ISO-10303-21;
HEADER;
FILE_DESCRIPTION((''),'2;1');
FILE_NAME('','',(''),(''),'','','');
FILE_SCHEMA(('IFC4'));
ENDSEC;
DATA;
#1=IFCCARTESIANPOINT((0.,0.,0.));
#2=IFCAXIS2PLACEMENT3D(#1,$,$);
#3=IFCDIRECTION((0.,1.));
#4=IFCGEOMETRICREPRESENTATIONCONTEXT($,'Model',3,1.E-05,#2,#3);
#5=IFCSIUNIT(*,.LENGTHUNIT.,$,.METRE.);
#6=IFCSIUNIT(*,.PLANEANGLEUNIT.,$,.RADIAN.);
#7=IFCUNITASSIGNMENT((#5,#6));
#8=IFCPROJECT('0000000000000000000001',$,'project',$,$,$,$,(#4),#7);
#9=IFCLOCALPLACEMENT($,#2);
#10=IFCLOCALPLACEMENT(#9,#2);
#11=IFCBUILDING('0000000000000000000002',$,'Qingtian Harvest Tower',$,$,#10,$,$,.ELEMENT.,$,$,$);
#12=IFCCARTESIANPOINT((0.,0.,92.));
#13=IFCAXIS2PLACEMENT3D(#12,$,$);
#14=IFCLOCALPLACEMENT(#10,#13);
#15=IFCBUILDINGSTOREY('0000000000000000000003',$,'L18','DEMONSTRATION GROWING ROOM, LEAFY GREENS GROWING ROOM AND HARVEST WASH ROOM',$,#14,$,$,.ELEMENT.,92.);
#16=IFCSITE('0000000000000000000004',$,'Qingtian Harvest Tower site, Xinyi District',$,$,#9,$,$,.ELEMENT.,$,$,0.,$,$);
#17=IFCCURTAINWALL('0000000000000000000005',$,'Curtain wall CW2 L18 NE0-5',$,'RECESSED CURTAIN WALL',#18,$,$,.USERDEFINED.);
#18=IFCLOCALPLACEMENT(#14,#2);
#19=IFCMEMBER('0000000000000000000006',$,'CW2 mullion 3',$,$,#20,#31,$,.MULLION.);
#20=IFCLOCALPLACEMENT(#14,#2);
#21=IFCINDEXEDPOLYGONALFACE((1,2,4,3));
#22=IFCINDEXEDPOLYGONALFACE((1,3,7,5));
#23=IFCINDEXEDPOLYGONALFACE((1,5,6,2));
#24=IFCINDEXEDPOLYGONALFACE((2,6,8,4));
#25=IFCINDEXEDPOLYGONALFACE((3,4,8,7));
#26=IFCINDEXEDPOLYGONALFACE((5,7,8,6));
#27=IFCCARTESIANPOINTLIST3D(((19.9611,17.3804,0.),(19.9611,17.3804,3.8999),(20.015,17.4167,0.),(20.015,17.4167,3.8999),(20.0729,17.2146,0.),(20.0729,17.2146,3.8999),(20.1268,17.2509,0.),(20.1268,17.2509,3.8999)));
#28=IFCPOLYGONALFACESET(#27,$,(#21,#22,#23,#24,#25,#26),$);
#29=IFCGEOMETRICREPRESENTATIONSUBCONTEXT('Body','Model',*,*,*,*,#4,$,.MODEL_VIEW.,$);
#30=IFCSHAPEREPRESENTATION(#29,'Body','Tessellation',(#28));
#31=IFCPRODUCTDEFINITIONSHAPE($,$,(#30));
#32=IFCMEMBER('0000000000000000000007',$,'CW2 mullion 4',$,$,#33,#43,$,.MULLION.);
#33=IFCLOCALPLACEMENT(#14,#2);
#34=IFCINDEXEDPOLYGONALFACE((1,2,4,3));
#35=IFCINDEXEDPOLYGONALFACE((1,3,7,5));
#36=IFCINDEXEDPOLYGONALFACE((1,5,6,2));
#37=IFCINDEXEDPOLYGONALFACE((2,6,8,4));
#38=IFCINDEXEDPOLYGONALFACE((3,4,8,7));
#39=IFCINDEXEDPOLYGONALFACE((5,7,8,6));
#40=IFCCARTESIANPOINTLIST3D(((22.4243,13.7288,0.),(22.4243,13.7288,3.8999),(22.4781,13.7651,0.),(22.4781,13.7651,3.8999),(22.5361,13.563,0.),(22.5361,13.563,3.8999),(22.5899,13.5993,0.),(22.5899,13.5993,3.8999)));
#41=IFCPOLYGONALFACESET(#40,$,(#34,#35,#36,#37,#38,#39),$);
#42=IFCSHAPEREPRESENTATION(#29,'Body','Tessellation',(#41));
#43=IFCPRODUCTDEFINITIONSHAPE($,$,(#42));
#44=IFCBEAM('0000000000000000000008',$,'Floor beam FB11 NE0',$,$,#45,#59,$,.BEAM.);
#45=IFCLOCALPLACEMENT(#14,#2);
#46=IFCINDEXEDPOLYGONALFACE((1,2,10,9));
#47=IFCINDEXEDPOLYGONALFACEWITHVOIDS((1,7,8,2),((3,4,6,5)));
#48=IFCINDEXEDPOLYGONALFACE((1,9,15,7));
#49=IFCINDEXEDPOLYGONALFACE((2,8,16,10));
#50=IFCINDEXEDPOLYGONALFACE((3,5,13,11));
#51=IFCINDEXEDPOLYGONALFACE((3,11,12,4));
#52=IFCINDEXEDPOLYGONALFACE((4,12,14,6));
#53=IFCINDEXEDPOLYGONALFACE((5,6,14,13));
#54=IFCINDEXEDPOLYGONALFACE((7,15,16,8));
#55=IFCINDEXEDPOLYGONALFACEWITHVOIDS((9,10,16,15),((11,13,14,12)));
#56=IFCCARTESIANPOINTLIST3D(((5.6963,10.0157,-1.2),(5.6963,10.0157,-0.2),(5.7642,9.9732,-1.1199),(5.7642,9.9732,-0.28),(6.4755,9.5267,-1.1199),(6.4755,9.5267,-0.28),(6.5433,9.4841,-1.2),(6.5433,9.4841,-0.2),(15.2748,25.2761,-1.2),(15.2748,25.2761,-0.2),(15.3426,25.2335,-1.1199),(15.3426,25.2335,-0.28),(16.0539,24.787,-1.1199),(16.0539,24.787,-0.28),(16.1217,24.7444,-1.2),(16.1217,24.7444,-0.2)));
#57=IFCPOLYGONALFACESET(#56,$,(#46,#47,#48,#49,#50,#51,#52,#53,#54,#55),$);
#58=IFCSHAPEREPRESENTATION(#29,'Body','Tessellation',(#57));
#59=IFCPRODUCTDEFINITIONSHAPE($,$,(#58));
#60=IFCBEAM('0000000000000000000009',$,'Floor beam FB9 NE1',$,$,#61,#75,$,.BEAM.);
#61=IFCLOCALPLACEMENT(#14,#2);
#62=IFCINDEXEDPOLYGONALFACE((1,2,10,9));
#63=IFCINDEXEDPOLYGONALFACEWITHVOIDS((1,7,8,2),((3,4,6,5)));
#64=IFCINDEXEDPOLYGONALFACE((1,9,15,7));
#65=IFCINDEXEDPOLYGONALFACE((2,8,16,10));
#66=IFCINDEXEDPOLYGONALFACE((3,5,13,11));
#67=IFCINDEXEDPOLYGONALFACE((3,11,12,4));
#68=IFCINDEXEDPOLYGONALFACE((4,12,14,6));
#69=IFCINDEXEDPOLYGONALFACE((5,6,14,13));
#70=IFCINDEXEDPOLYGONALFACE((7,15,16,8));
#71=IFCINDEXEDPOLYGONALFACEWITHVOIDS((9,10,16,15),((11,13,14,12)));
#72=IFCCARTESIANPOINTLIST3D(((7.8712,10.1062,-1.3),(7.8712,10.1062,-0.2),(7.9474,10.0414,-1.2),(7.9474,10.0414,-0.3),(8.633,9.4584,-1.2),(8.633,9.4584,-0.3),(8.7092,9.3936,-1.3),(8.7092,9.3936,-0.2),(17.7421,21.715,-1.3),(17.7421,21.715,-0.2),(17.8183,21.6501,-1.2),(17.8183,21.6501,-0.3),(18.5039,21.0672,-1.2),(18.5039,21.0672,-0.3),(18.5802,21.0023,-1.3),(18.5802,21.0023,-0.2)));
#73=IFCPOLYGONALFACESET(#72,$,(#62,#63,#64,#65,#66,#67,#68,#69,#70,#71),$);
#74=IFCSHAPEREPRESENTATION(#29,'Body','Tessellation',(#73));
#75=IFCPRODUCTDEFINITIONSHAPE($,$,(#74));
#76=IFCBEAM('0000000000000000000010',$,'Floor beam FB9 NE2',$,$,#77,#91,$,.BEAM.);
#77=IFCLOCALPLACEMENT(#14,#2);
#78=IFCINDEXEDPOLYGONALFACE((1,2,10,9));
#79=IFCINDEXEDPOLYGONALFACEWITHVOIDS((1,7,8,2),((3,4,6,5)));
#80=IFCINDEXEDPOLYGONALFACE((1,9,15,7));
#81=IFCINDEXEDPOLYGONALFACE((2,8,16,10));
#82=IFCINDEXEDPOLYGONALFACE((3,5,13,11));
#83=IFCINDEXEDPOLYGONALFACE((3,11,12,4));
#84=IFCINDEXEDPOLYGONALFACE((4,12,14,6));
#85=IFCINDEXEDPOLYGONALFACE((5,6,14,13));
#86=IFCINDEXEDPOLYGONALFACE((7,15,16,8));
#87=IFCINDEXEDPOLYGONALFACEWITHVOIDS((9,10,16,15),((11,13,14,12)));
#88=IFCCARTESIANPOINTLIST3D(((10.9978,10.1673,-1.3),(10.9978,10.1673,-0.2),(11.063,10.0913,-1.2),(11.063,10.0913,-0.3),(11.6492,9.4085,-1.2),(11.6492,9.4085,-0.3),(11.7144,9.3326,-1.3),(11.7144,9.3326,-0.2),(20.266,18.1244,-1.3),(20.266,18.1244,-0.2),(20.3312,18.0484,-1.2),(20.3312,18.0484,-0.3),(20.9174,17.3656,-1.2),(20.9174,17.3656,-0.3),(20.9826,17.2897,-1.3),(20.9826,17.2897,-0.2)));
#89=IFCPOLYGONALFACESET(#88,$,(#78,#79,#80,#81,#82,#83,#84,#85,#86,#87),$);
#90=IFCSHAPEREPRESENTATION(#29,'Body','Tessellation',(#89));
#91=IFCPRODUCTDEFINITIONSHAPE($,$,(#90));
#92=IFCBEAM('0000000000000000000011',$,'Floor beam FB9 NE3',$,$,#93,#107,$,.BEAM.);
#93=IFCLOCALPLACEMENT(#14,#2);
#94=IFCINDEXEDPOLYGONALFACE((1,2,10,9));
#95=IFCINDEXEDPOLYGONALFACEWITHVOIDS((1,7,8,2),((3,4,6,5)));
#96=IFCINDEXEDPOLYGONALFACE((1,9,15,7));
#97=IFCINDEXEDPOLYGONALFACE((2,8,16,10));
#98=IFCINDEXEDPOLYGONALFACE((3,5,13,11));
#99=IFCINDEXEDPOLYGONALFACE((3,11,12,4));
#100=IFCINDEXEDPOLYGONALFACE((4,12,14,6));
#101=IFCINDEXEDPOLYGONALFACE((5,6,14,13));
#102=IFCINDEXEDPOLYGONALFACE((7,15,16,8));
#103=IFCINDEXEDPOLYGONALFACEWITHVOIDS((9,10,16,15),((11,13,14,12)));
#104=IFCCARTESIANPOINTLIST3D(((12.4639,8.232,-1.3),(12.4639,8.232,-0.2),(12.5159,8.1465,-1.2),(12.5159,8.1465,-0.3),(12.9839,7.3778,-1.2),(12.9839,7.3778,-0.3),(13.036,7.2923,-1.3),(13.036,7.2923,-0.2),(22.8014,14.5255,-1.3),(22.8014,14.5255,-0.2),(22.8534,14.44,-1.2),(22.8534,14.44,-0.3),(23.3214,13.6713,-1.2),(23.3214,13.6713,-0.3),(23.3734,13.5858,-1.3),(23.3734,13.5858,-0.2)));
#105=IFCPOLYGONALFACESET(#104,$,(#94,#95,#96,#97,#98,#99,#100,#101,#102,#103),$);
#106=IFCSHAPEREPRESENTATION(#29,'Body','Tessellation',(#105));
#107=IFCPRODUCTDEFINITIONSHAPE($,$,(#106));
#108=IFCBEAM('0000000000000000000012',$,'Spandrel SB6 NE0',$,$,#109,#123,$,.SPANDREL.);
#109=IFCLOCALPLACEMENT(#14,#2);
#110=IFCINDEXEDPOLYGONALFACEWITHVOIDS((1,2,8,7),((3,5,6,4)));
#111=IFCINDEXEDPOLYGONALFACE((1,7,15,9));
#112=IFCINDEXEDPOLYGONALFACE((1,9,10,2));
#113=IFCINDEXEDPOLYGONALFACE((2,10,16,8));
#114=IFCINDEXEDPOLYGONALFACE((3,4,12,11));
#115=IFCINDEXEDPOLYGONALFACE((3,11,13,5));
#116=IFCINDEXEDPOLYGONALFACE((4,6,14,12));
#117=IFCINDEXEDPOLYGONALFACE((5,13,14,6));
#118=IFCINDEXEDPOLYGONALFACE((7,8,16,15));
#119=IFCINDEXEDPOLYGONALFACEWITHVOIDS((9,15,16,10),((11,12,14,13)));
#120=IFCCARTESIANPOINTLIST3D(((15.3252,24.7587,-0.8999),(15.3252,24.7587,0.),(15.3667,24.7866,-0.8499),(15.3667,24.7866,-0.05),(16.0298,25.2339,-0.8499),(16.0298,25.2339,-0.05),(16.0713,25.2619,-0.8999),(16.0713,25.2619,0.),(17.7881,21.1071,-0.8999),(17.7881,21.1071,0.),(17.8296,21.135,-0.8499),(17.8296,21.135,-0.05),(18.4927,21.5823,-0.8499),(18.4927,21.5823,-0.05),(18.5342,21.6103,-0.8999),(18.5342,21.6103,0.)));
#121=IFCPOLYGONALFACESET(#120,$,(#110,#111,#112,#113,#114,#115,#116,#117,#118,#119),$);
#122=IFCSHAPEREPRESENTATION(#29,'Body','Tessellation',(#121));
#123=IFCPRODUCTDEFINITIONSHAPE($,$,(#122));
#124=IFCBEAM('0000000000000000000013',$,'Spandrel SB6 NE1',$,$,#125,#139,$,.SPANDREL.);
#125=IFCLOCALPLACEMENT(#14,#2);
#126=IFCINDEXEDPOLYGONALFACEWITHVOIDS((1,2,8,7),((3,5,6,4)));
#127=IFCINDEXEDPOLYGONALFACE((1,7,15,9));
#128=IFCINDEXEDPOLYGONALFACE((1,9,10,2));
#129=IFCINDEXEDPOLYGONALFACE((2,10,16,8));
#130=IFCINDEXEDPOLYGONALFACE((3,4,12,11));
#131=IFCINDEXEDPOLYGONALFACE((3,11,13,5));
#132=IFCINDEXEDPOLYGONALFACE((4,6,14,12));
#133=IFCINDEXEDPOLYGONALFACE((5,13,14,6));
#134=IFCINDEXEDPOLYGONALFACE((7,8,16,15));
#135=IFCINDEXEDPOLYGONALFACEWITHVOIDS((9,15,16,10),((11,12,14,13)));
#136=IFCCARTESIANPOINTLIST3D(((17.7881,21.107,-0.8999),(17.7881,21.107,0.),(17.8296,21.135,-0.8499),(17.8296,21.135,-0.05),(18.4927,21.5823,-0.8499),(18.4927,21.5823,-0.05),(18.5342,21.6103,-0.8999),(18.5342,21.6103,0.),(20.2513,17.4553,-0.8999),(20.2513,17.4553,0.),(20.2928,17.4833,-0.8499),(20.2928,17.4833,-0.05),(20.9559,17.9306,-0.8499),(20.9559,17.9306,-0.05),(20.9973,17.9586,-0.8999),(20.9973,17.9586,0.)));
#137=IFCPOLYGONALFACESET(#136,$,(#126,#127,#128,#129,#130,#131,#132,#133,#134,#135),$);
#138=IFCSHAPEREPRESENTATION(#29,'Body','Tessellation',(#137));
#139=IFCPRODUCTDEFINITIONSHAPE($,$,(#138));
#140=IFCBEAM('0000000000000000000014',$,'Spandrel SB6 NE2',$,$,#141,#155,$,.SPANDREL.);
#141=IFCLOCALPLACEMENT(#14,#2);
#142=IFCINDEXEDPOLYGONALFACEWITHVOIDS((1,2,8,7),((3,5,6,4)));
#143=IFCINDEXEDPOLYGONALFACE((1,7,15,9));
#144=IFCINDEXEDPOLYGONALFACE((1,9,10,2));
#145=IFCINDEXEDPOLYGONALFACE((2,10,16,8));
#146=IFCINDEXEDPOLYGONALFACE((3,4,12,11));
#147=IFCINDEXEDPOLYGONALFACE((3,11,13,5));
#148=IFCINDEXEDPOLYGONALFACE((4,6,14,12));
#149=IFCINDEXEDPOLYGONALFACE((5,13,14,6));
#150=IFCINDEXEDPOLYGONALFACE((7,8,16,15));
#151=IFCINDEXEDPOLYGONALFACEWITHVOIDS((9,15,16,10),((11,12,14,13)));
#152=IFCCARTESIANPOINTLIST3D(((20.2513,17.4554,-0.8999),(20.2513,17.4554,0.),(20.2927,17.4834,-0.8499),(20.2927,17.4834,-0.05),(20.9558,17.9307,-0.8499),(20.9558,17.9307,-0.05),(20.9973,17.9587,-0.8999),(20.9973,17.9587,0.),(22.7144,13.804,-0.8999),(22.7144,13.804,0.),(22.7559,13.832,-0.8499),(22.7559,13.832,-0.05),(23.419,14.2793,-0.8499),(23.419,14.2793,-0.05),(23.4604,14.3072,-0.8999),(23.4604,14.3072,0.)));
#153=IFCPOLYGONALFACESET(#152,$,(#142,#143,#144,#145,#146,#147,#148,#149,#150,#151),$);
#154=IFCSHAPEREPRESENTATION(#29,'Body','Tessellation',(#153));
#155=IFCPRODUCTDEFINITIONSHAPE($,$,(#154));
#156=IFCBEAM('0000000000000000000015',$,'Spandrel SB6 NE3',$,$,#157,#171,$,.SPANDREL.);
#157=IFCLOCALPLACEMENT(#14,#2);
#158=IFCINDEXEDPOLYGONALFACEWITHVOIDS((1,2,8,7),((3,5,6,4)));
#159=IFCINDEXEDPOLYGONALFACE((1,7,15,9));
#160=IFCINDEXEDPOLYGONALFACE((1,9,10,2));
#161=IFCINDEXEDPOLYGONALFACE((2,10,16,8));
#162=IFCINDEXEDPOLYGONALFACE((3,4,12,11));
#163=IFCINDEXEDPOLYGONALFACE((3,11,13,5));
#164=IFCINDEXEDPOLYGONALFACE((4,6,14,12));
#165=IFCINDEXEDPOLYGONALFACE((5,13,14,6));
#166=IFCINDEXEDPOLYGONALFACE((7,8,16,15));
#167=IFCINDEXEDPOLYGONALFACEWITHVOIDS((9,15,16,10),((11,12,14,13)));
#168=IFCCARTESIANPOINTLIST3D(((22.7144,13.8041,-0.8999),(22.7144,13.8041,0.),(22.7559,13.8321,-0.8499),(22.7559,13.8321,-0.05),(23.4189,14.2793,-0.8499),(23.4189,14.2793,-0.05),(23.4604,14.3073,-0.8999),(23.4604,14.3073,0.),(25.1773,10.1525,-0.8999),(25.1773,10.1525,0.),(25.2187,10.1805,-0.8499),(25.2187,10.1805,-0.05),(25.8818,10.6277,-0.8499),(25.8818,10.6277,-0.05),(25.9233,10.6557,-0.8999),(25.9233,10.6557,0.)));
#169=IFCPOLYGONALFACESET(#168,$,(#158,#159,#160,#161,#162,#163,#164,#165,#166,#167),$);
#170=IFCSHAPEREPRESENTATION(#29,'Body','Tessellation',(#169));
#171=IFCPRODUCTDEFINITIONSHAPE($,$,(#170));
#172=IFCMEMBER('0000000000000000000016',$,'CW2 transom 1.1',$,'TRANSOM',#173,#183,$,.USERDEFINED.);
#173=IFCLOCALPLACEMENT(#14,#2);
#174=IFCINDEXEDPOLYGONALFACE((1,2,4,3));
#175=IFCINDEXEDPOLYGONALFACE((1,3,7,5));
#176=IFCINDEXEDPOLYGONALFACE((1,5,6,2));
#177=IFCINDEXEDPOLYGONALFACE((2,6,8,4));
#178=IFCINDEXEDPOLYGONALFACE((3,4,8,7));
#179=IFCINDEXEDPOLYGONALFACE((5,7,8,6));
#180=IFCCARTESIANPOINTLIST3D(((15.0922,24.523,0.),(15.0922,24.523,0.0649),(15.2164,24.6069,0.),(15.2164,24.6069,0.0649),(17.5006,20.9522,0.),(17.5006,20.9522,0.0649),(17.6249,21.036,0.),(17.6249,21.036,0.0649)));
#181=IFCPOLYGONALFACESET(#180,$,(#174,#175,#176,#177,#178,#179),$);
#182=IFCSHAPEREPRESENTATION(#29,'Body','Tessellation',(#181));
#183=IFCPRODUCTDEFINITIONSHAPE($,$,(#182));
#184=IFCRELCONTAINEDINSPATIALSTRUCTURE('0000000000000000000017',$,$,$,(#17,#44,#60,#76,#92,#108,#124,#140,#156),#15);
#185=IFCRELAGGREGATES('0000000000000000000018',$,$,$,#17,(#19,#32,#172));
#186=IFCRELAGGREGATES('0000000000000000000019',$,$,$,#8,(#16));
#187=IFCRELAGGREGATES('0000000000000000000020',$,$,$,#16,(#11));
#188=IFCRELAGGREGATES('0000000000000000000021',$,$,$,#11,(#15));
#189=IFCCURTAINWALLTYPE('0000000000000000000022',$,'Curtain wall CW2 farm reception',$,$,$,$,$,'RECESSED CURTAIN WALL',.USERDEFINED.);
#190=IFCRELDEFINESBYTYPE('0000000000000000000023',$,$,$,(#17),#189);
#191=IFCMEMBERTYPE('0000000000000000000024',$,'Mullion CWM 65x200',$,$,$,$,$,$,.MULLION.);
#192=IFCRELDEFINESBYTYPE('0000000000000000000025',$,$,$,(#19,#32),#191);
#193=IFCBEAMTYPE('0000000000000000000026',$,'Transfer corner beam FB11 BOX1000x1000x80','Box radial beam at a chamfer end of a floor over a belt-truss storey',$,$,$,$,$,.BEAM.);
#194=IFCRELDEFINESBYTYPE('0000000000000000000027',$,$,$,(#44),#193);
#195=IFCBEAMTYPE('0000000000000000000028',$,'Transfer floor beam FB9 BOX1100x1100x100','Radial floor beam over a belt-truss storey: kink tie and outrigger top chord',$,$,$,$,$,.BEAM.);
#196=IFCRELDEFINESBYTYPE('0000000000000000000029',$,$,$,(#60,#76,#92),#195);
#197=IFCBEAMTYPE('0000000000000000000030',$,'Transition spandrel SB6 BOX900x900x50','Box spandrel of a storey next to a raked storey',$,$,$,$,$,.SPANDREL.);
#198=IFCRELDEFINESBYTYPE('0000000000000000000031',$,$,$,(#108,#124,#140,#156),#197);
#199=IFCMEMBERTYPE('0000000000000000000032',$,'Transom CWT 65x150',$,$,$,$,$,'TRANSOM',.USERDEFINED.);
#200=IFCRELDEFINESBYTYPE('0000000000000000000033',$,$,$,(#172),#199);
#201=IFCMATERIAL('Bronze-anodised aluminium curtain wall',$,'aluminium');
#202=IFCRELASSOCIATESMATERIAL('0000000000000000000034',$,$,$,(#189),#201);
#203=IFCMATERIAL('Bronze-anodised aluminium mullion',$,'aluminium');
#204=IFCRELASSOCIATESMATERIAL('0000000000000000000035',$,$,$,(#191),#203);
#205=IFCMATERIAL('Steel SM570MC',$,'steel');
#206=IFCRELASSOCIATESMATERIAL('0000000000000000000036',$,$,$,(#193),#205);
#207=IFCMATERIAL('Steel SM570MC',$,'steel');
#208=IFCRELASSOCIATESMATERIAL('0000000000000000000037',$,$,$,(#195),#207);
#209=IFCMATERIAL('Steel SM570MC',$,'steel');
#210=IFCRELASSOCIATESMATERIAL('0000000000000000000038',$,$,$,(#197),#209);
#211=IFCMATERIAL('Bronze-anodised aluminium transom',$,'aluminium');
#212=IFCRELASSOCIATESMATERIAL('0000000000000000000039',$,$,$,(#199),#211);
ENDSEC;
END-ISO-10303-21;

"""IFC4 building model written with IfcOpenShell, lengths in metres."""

from ifc_helpers import new_model, si_unit, direction, frame, origin, origin_2d, place, context, subcontext, project, spatial, rectangle, hollow_rectangle, extrude, material, material_profile, profile_set, type_object, element, aggregate, save


model = new_model("IFC4")

# Units and contexts
model_context = context("Model", 3, precision=1e-05, world=origin(), true_north=direction((0.0, 1.0)))
body_context = subcontext(model_context, "Body", "Model", "MODEL_VIEW")
ifc_project = project(units=[si_unit("LENGTHUNIT", "METRE"), si_unit("PLANEANGLEUNIT", "RADIAN")], contexts=[model_context])

# Site, building, storey
site_placement = place(None, origin())
site = spatial("IfcSite", under=ifc_project, at=site_placement, Name="Qingtian Harvest Tower site, Xinyi District", CompositionType="ELEMENT", RefElevation=0.0)
building_placement = place(site_placement, origin())
building = spatial("IfcBuilding", under=site, at=building_placement, Name="Qingtian Harvest Tower", CompositionType="ELEMENT")
storey_placement = place(building_placement, frame((0.0, 0.0, 92.0)))
storey = spatial("IfcBuildingStorey", under=building, at=storey_placement, Name="L18", Description="DEMONSTRATION GROWING ROOM, LEAFY GREENS GROWING ROOM AND HARVEST WASH ROOM", CompositionType="ELEMENT", Elevation=92.0)

# Shared definitions
ifc_material_1 = material(Name="Bronze-anodised aluminium curtain wall", Category="aluminium")
curtain_wall_type = type_object("IfcCurtainWallType", Name="Curtain wall CW2 farm reception", ElementType="RECESSED CURTAIN WALL", PredefinedType="USERDEFINED", material=ifc_material_1)
ifc_material_2 = material(Name="Bronze-anodised aluminium mullion", Category="aluminium")
ifc_material_profile_1 = material_profile(ifc_material_2, rectangle(XDim=0.0649, YDim=0.2, at=origin_2d()), Name="AL 65x200")
ifc_profile_set_1 = profile_set([ifc_material_profile_1], Name="Bronze-anodised aluminium mullion")
member_type_1 = type_object("IfcMemberType", Name="Mullion CWM 65x200", PredefinedType="MULLION", material=ifc_profile_set_1)

# Curtain wall, members
curtain_wall_1_placement = place(storey_placement, origin())
curtain_wall_1 = element("IfcCurtainWall", 1, at=curtain_wall_1_placement, inside=storey, type_object=curtain_wall_type, Name="Curtain wall CW2 L18 NE0-5", ObjectType="RECESSED CURTAIN WALL", PredefinedType="USERDEFINED")
member_1_placement = place(storey_placement, frame((20.0439, 17.3157, 0.0), z_axis=(0.0, 0.0, 1.0), x_axis=(0.829038, 0.559193, 0.0)))
member_1 = element("IfcMember", 2, at=member_1_placement, type_object=member_type_1, Name="CW2 mullion 3", PredefinedType="MULLION", context=body_context, shape_type="SweptSolid", body=[
    extrude(rectangle(XDim=0.0649, YDim=0.2, at=origin_2d()), origin(), (0.0, 0.0, 1.0), 3.8999),
])
member_2_placement = place(storey_placement, frame((22.5071, 13.6641, 0.0), z_axis=(0.0, 0.0, 1.0), x_axis=(0.829038, 0.559193, 0.0)))
member_2 = element("IfcMember", 3, at=member_2_placement, type_object=member_type_1, Name="CW2 mullion 4", PredefinedType="MULLION", context=body_context, shape_type="SweptSolid", body=[
    extrude(rectangle(XDim=0.0649, YDim=0.2, at=origin_2d()), origin(), (0.0, 0.0, 1.0), 3.8999),
])

# Beams
ifc_material_3 = material(Name="Steel SM570MC", Category="steel")
ifc_material_profile_2 = material_profile(ifc_material_3, hollow_rectangle(XDim=1.0, YDim=1.0, WallThickness=0.0801, at=origin_2d()), Name="BOX1000x1000x80")
ifc_profile_set_2 = profile_set([ifc_material_profile_2], Name="Steel SM570MC")
beam_type_1 = type_object("IfcBeamType", Name="Transfer corner beam FB11 BOX1000x1000x80", Description="Box radial beam at a chamfer end of a floor over a belt-truss storey", PredefinedType="BEAM", material=ifc_profile_set_2)
beam_1_placement = place(storey_placement, frame((15.6982, 25.0103, -0.7), z_axis=(-0.531623, -0.846981, 0.0), x_axis=(0.846981, -0.531623, 0.0)))
element("IfcBeam", 4, at=beam_1_placement, inside=storey, type_object=beam_type_1, Name="Floor beam FB11 NE0", PredefinedType="BEAM", context=body_context, shape_type="SweptSolid", body=[
    extrude(hollow_rectangle(XDim=1.0, YDim=1.0, WallThickness=0.0801, at=origin_2d()), origin(), (0.0, 0.0, 1.0), 18.0173),
])
ifc_material_4 = material(Name="Steel SM570MC", Category="steel")
ifc_material_profile_3 = material_profile(ifc_material_4, hollow_rectangle(XDim=1.1001, YDim=1.1001, WallThickness=0.1001, at=origin_2d()), Name="BOX1100x1100x100")
ifc_profile_set_3 = profile_set([ifc_material_profile_3], Name="Steel SM570MC")
beam_type_2 = type_object("IfcBeamType", Name="Transfer floor beam FB9 BOX1100x1100x100", Description="Radial floor beam over a belt-truss storey: kink tie and outrigger top chord", PredefinedType="BEAM", material=ifc_profile_set_3)
beam_2_placement = place(storey_placement, frame((18.1611, 21.3586, -0.75), z_axis=(-0.647782, -0.761826, 0.0), x_axis=(0.761826, -0.647782, 0.0)))
element("IfcBeam", 5, at=beam_2_placement, inside=storey, type_object=beam_type_2, Name="Floor beam FB9 NE1", PredefinedType="BEAM", context=body_context, shape_type="SweptSolid", body=[
    extrude(hollow_rectangle(XDim=1.1001, YDim=1.1001, WallThickness=0.1001, at=origin_2d()), origin(), (0.0, 0.0, 1.0), 15.238),
])
beam_3_placement = place(storey_placement, frame((20.6243, 17.707, -0.75), z_axis=(-0.758732, -0.651403, 0.0), x_axis=(0.651403, -0.758732, 0.0)))
element("IfcBeam", 6, at=beam_3_placement, inside=storey, type_object=beam_type_2, Name="Floor beam FB9 NE2", PredefinedType="BEAM", context=body_context, shape_type="SweptSolid", body=[
    extrude(hollow_rectangle(XDim=1.1001, YDim=1.1001, WallThickness=0.1001, at=origin_2d()), origin(), (0.0, 0.0, 1.0), 12.2153),
])
beam_4_placement = place(storey_placement, frame((23.0874, 14.0557, -0.75), z_axis=(-0.854157, -0.520015, 0.0), x_axis=(0.520015, -0.854157, 0.0)))
element("IfcBeam", 7, at=beam_4_placement, inside=storey, type_object=beam_type_2, Name="Floor beam FB9 NE3", PredefinedType="BEAM", context=body_context, shape_type="SweptSolid", body=[
    extrude(hollow_rectangle(XDim=1.1001, YDim=1.1001, WallThickness=0.1001, at=origin_2d()), origin(), (0.0, 0.0, 1.0), 12.1025),
])
ifc_material_5 = material(Name="Steel SM570MC", Category="steel")
ifc_material_profile_4 = material_profile(ifc_material_5, hollow_rectangle(XDim=0.8999, YDim=0.8999, WallThickness=0.05, at=origin_2d()), Name="BOX900x900x50")
ifc_profile_set_4 = profile_set([ifc_material_profile_4], Name="Steel SM570MC")
beam_type_3 = type_object("IfcBeamType", Name="Transition spandrel SB6 BOX900x900x50", Description="Box spandrel of a storey next to a raked storey", PredefinedType="SPANDREL", material=ifc_profile_set_4)
beam_5_placement = place(storey_placement, frame((15.6982, 25.0103, -0.45), z_axis=(0.559169, -0.829054, 0.0), x_axis=(0.829054, 0.559169, 0.0)))
element("IfcBeam", 8, at=beam_5_placement, inside=storey, type_object=beam_type_3, Name="Spandrel SB6 NE0", PredefinedType="SPANDREL", context=body_context, shape_type="SweptSolid", body=[
    extrude(hollow_rectangle(XDim=0.8999, YDim=0.8999, WallThickness=0.05, at=origin_2d()), origin(), (0.0, 0.0, 1.0), 4.4045),
])
beam_6_placement = place(storey_placement, frame((18.1611, 21.3586, -0.45), z_axis=(0.559207, -0.829028, 0.0), x_axis=(0.829028, 0.559207, 0.0)))
element("IfcBeam", 9, at=beam_6_placement, inside=storey, type_object=beam_type_3, Name="Spandrel SB6 NE1", PredefinedType="SPANDREL", context=body_context, shape_type="SweptSolid", body=[
    extrude(hollow_rectangle(XDim=0.8999, YDim=0.8999, WallThickness=0.05, at=origin_2d()), origin(), (0.0, 0.0, 1.0), 4.4048),
])
for number, where, z_axis, x_axis, name in (
    (10, (20.6243, 17.707, -0.45), (0.559233, -0.829011, 0.0), (0.829011, 0.559233, 0.0), "Spandrel SB6 NE2"),
    (11, (23.0874, 14.0557, -0.45), (0.559169, -0.829054, 0.0), (0.829054, 0.559169, 0.0), "Spandrel SB6 NE3"),
):
    element("IfcBeam", number, at=place(storey_placement, frame(where, z_axis=z_axis, x_axis=x_axis)), inside=storey, type_object=beam_type_3, Name=name, PredefinedType="SPANDREL", context=body_context, shape_type="SweptSolid", body=[
        extrude(hollow_rectangle(XDim=0.8999, YDim=0.8999, WallThickness=0.05, at=origin_2d()), origin(), (0.0, 0.0, 1.0), 4.4045),
    ])

# Member
ifc_material_6 = material(Name="Bronze-anodised aluminium transom", Category="aluminium")
ifc_material_profile_5 = material_profile(ifc_material_6, rectangle(XDim=0.1499, YDim=0.0649, at=origin_2d()), Name="AL 65x150")
ifc_profile_set_5 = profile_set([ifc_material_profile_5], Name="Bronze-anodised aluminium transom")
member_type_2 = type_object("IfcMemberType", Name="Transom CWT 65x150", ElementType="TRANSOM", PredefinedType="USERDEFINED", material=ifc_profile_set_5)
member_3_placement = place(storey_placement, frame((15.1543, 24.5649, 0.0325), z_axis=(0.559179, -0.829047, 0.0), x_axis=(0.829047, 0.559179, 0.0)))
member_3 = element("IfcMember", 12, at=member_3_placement, type_object=member_type_2, Name="CW2 transom 1.1", ObjectType="TRANSOM", PredefinedType="USERDEFINED", context=body_context, shape_type="SweptSolid", body=[
    extrude(rectangle(XDim=0.1499, YDim=0.0649, at=origin_2d()), origin(), (0.0, 0.0, 1.0), 4.3071),
])

aggregate(curtain_wall_1, [member_1, member_2, member_3])

save(model, "model.ifc")
